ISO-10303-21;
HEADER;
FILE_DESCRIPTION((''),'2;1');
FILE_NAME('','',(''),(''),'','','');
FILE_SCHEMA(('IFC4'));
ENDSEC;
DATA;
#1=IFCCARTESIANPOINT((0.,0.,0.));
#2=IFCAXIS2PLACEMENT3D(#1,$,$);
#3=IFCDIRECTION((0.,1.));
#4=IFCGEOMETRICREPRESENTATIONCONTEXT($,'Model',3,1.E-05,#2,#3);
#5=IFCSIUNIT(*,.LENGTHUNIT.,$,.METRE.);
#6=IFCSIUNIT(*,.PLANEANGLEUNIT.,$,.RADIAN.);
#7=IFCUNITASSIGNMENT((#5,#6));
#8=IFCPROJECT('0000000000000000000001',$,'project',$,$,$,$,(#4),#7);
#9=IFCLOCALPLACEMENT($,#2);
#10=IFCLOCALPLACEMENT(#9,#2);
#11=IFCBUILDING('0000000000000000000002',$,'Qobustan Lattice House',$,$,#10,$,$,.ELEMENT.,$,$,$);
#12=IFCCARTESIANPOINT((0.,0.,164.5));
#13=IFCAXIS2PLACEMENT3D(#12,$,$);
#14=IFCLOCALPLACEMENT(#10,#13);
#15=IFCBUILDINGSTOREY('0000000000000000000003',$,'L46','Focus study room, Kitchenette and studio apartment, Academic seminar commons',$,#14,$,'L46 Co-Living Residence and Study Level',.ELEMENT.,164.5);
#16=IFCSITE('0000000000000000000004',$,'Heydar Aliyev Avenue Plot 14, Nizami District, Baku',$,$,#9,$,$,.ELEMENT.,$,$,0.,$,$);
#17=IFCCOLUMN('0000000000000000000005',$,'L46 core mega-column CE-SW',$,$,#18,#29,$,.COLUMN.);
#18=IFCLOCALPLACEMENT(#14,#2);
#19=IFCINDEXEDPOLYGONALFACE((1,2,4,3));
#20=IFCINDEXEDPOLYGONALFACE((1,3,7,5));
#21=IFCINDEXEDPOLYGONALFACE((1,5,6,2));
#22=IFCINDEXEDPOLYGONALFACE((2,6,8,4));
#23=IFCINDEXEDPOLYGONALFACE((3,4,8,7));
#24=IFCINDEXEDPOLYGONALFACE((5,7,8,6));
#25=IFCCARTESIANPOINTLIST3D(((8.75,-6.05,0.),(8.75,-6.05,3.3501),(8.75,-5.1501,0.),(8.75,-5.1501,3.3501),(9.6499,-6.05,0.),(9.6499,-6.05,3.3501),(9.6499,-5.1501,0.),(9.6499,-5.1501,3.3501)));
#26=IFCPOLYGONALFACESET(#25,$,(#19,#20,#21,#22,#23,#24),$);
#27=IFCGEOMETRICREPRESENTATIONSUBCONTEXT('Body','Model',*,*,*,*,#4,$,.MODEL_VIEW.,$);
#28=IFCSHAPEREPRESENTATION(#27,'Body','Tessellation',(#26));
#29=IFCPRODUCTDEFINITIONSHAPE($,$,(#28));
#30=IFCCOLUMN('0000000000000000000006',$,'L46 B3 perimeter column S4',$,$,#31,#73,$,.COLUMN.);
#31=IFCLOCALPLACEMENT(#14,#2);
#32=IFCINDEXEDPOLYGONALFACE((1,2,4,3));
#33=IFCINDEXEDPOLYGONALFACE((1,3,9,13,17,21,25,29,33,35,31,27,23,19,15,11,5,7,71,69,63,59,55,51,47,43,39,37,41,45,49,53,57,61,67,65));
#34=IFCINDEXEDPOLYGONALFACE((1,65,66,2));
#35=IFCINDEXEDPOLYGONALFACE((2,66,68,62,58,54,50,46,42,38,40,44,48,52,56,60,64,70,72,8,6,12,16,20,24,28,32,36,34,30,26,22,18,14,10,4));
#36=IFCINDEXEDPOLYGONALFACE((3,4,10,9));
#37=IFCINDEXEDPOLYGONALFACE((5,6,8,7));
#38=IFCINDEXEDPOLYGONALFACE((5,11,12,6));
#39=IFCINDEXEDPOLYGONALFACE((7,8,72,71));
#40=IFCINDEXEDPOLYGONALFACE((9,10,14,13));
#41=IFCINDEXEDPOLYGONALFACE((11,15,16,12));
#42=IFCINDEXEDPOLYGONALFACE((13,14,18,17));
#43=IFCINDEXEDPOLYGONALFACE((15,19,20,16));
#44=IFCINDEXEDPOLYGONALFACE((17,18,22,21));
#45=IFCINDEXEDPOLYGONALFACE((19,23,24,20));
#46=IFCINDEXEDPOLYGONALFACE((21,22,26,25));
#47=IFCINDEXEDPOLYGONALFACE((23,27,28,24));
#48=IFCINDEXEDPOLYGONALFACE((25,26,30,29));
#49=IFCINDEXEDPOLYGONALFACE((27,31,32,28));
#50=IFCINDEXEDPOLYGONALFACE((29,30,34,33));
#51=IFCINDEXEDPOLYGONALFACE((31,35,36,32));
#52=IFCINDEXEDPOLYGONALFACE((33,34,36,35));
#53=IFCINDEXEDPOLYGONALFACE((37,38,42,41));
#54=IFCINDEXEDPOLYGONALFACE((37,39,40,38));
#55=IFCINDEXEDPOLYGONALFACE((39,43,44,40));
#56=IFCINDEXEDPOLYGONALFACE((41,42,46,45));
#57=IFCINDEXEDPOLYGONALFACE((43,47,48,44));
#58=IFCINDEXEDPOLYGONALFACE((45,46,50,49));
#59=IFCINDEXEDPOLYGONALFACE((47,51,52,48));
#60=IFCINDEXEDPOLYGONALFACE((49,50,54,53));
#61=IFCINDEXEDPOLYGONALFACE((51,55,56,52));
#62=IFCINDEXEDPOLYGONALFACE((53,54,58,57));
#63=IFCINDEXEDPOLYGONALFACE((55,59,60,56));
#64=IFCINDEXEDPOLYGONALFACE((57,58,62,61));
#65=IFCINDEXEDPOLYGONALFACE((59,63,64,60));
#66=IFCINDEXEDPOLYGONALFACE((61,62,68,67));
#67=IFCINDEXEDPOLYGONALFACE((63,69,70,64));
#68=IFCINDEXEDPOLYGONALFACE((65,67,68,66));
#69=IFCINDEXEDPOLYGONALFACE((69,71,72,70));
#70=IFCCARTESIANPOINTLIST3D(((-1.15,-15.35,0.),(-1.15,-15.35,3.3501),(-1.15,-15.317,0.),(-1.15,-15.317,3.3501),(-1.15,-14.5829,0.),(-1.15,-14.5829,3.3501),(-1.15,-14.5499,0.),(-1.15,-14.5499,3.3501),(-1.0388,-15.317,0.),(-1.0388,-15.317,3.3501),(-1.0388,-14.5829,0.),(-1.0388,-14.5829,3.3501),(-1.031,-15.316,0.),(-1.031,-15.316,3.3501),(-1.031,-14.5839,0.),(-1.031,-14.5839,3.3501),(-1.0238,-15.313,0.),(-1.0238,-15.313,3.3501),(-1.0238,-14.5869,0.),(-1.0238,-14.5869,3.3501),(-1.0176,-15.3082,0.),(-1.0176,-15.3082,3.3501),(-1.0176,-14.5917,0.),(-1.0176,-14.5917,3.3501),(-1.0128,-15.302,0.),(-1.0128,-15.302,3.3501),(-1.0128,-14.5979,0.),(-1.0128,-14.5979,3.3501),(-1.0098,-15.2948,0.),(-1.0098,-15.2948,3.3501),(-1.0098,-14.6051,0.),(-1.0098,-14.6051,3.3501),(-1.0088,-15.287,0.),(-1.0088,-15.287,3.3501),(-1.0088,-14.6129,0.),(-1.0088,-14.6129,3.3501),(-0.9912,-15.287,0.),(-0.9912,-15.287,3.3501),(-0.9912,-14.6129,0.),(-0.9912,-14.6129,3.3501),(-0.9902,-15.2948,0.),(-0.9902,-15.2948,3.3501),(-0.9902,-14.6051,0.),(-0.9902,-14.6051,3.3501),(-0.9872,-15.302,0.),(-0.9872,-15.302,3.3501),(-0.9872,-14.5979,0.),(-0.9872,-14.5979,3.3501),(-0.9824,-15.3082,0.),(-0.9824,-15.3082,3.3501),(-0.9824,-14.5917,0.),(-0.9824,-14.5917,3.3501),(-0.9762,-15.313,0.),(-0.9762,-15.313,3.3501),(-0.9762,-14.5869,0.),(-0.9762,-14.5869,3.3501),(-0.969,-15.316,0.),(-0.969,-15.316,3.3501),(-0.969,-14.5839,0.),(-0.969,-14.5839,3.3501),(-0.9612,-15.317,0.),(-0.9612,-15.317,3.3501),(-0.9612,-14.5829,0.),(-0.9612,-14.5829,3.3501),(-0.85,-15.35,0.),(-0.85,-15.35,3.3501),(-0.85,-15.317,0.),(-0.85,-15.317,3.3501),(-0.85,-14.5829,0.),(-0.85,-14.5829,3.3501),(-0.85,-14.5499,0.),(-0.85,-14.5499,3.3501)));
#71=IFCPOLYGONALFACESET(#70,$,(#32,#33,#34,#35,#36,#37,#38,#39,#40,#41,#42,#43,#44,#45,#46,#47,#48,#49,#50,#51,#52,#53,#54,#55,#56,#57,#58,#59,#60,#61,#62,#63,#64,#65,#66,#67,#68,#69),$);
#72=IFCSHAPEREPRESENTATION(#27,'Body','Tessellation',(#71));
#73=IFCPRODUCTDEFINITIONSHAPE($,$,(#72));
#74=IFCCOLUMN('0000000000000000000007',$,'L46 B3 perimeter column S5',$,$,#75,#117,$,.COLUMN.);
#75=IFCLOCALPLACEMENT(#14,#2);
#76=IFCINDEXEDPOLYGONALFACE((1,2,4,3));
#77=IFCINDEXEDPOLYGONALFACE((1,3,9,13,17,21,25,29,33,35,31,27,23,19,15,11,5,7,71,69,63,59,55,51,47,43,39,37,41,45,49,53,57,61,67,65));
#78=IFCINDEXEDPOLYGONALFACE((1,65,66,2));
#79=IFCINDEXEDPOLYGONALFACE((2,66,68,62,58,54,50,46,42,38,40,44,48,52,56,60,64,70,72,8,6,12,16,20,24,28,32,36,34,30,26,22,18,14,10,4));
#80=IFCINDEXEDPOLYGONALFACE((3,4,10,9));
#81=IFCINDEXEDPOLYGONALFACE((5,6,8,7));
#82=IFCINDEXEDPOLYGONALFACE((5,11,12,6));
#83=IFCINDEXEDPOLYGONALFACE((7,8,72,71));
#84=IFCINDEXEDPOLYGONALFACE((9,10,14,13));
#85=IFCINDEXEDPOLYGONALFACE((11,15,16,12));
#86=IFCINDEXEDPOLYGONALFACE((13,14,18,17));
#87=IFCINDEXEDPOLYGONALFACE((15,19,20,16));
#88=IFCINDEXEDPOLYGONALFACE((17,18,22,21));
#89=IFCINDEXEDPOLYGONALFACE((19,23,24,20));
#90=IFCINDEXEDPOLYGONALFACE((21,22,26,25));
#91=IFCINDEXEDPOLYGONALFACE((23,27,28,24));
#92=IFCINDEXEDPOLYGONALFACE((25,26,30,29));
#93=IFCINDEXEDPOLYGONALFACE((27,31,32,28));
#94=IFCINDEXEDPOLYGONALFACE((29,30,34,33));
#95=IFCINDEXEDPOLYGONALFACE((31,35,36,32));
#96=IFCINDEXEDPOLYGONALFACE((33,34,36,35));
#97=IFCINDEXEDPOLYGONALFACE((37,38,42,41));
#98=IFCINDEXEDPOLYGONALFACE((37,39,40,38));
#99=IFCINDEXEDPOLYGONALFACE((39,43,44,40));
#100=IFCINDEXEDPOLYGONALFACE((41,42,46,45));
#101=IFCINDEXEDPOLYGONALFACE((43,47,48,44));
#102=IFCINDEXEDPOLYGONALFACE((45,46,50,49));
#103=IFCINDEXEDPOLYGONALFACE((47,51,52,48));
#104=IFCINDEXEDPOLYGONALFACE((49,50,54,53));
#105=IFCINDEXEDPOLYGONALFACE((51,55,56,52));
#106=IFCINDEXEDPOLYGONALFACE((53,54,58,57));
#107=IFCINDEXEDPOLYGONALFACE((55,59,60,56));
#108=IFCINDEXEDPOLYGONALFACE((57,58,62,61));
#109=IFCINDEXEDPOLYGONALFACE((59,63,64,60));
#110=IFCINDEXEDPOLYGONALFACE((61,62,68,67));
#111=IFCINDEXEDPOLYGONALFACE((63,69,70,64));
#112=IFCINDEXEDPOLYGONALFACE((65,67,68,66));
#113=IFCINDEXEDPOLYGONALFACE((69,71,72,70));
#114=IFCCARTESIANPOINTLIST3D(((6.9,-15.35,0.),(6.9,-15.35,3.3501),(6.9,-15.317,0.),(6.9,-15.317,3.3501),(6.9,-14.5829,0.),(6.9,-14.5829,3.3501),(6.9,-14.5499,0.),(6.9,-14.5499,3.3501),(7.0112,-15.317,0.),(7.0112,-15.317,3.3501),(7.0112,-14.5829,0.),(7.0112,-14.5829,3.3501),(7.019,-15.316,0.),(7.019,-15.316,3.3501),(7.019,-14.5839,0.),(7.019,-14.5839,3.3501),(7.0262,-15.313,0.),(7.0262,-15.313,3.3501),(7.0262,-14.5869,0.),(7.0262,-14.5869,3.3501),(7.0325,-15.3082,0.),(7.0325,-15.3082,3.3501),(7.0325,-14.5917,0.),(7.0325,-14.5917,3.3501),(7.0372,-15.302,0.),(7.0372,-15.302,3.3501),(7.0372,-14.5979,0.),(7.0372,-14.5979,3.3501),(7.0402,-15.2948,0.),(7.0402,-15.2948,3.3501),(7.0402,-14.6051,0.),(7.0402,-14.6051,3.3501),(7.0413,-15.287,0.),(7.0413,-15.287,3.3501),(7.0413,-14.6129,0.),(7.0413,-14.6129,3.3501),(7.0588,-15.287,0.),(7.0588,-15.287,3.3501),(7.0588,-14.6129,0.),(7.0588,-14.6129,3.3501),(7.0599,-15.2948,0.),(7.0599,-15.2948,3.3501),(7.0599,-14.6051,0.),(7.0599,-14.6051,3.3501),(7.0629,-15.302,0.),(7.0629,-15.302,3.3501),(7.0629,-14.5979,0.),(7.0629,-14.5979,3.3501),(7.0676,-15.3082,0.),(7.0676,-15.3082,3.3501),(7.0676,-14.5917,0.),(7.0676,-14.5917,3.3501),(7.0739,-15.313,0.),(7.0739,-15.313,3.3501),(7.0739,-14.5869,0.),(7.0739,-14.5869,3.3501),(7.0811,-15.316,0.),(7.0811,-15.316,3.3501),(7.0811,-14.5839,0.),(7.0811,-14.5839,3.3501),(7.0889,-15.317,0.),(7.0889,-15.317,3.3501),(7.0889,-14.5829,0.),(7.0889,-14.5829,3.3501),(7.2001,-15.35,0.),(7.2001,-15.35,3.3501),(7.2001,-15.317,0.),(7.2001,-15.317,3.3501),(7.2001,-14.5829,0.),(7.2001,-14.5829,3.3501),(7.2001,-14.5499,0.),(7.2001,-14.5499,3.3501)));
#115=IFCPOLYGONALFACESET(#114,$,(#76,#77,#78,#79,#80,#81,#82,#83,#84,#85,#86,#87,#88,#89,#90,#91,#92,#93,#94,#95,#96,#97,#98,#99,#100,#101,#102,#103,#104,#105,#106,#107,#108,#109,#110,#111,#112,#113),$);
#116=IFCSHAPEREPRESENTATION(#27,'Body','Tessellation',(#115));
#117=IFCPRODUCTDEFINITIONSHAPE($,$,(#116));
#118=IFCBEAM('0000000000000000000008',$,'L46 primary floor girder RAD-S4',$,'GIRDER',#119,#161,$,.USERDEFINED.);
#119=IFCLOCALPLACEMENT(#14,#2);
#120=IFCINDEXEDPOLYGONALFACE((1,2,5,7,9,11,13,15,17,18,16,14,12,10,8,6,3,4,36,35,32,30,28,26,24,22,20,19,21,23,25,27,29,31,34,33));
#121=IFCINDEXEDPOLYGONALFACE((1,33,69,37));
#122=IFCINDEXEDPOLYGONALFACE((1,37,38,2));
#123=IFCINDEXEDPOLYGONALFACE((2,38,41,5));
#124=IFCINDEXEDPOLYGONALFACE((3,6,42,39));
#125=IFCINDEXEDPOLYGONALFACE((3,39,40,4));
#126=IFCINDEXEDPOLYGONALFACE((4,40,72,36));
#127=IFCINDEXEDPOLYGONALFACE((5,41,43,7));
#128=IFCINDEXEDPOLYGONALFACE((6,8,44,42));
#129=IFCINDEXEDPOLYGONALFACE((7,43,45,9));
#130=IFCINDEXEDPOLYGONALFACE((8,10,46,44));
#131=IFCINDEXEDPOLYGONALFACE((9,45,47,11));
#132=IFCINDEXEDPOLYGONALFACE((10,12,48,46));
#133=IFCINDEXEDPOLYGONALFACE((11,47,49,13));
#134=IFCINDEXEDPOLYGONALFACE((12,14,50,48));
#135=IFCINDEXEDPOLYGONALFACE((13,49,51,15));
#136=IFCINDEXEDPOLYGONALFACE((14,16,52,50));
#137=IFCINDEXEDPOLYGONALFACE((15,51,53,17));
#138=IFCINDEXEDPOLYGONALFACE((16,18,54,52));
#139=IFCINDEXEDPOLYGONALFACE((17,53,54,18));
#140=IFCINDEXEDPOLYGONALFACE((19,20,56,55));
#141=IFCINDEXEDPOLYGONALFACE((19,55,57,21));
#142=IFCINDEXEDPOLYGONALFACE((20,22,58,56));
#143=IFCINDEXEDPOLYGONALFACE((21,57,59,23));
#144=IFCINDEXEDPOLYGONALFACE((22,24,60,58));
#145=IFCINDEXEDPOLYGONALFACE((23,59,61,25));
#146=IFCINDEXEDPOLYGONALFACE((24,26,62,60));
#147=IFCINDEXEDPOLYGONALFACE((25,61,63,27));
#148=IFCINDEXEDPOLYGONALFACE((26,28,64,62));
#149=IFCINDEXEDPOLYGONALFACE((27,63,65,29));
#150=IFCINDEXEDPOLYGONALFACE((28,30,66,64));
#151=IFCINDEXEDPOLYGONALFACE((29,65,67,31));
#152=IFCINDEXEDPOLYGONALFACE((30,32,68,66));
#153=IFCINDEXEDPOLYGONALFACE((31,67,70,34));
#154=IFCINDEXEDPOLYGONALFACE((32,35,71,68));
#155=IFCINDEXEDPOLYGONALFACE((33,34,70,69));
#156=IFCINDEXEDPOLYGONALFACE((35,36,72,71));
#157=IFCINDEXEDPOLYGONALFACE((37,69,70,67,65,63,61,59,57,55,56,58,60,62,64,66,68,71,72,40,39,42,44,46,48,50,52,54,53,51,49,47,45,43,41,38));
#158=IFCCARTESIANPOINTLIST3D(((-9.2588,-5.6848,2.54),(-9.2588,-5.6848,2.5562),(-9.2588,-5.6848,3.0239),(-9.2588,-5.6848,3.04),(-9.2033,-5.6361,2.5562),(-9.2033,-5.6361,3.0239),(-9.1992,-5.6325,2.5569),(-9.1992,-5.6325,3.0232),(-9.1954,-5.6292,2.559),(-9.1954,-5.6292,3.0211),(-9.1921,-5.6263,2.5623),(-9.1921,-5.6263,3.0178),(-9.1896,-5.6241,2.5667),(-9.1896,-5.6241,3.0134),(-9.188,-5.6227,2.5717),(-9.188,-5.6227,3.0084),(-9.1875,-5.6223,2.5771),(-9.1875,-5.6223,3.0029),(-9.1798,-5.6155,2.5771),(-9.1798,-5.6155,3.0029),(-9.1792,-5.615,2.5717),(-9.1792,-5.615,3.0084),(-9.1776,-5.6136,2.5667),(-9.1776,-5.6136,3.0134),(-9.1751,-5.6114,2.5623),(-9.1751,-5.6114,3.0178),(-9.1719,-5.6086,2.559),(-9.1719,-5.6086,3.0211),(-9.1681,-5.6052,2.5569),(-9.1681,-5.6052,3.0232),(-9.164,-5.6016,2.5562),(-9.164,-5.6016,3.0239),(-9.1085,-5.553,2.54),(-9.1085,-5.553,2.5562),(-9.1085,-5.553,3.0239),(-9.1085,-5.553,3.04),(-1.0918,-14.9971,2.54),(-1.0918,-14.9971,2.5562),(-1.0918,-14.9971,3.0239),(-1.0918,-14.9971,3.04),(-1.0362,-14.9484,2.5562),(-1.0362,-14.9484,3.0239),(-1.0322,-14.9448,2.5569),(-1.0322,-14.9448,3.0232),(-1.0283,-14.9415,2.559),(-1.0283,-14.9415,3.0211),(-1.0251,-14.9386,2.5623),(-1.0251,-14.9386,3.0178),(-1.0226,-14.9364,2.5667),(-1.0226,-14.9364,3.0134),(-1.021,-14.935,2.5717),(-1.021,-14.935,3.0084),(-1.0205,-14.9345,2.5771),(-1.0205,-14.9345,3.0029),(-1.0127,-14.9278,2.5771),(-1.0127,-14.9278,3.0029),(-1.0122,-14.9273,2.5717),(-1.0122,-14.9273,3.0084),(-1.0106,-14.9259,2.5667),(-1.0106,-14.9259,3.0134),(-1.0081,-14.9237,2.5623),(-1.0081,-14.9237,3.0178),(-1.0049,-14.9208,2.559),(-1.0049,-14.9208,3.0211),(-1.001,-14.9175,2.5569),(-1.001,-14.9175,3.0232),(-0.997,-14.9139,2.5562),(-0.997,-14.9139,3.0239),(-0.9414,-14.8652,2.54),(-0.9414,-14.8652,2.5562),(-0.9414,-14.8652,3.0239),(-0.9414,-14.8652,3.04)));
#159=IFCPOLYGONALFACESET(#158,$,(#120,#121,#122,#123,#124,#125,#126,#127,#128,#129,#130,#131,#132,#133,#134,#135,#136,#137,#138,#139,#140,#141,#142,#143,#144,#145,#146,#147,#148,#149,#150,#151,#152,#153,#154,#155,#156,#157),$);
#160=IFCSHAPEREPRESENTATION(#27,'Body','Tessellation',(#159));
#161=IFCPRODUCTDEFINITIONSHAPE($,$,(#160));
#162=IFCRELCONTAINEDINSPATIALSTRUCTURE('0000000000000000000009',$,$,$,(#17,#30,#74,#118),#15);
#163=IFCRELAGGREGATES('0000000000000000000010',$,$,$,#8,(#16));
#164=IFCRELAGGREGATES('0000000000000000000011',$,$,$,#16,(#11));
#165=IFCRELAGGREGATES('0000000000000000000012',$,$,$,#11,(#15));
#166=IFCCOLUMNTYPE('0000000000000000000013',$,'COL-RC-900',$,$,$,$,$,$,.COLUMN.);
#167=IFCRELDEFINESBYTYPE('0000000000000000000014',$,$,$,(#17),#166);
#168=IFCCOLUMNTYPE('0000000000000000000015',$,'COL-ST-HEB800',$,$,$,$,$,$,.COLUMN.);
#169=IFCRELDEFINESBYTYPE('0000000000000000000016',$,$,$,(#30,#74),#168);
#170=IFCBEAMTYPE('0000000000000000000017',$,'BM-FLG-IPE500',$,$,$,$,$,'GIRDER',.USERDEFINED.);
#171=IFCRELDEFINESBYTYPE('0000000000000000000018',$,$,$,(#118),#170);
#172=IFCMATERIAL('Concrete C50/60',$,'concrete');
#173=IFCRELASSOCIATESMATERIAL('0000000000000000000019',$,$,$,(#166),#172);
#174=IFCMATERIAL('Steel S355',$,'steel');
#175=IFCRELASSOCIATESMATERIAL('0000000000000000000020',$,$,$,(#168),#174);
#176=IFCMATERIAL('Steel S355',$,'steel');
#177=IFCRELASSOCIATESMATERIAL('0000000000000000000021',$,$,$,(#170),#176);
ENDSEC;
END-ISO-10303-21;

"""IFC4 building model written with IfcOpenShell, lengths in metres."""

from ifc_helpers import new_model, si_unit, direction, frame, origin, origin_2d, place, context, subcontext, project, spatial, rectangle, i_section, extrude, material, material_profile, profile_set, type_object, element, save


model = new_model("IFC4")

# Units and contexts
model_context = context("Model", 3, precision=1e-05, world=origin(), true_north=direction((0.0, 1.0)))
body_context = subcontext(model_context, "Body", "Model", "MODEL_VIEW")
ifc_project = project(units=[si_unit("LENGTHUNIT", "METRE"), si_unit("PLANEANGLEUNIT", "RADIAN")], contexts=[model_context])

# Site, building, storey
site_placement = place(None, origin())
site = spatial("IfcSite", under=ifc_project, at=site_placement, Name="Heydar Aliyev Avenue Plot 14, Nizami District, Baku", CompositionType="ELEMENT", RefElevation=0.0)
building_placement = place(site_placement, origin())
building = spatial("IfcBuilding", under=site, at=building_placement, Name="Qobustan Lattice House", CompositionType="ELEMENT")
storey_placement = place(building_placement, frame((0.0, 0.0, 164.5)))
storey = spatial("IfcBuildingStorey", under=building, at=storey_placement, Name="L46", Description="Focus study room, Kitchenette and studio apartment, Academic seminar commons", LongName="L46 Co-Living Residence and Study Level", CompositionType="ELEMENT", Elevation=164.5)

# Columns
ifc_material_1 = material(Name="Concrete C50/60", Category="concrete")
ifc_material_profile_1 = material_profile(ifc_material_1, rectangle(XDim=0.8999, YDim=0.8999, at=origin_2d()), Name="RC900x900")
ifc_profile_set_1 = profile_set([ifc_material_profile_1], Name="Concrete C50/60")
column_type_1 = type_object("IfcColumnType", Name="COL-RC-900", PredefinedType="COLUMN", material=ifc_profile_set_1)
column_placement = place(storey_placement, frame((9.2, -5.6001, 0.0), z_axis=(0.0, 0.0, 1.0), x_axis=(1.0, 0.0, 0.0)))
element("IfcColumn", 1, at=column_placement, inside=storey, type_object=column_type_1, Name="L46 core mega-column CE-SW", PredefinedType="COLUMN", context=body_context, shape_type="SweptSolid", body=[
    extrude(rectangle(XDim=0.8999, YDim=0.8999, at=origin_2d()), origin(), (0.0, 0.0, 1.0), 3.3501),
])
ifc_material_2 = material(Name="Steel S355", Category="steel")
ifc_material_profile_2 = material_profile(ifc_material_2, i_section(OverallWidth=0.3, OverallDepth=0.8, WebThickness=0.0176, FlangeThickness=0.033, FilletRadius=0.03, at=origin_2d()), Name="HEB800")
ifc_profile_set_2 = profile_set([ifc_material_profile_2], Name="Steel S355")
column_type_2 = type_object("IfcColumnType", Name="COL-ST-HEB800", PredefinedType="COLUMN", material=ifc_profile_set_2)
for number, where, z_axis, x_axis, name in (
    (2, (-1.0, -14.95, 0.0), (0.0, 0.0, 1.0), (1.0, 0.0, 0.0), "L46 B3 perimeter column S4"),
    (3, (7.05, -14.95, 0.0), (0.0, 0.0, 1.0), (1.0, 0.0, 0.0), "L46 B3 perimeter column S5"),
):
    element("IfcColumn", number, at=place(storey_placement, frame(where, z_axis=z_axis, x_axis=x_axis)), inside=storey, type_object=column_type_2, Name=name, PredefinedType="COLUMN", context=body_context, shape_type="SweptSolid", body=[
        extrude(i_section(OverallWidth=0.3, OverallDepth=0.8, WebThickness=0.0176, FlangeThickness=0.033, FilletRadius=0.03, at=origin_2d()), origin(), (0.0, 0.0, 1.0), 3.3501),
    ])

# Beam
ifc_material_3 = material(Name="Steel S355", Category="steel")
ifc_material_profile_3 = material_profile(ifc_material_3, i_section(OverallWidth=0.2, OverallDepth=0.5, WebThickness=0.0103, FlangeThickness=0.0161, FilletRadius=0.021, at=origin_2d()), Name="IPE500")
ifc_profile_set_3 = profile_set([ifc_material_profile_3], Name="Steel S355")
beam_type_1 = type_object("IfcBeamType", Name="BM-FLG-IPE500", ElementType="GIRDER", PredefinedType="USERDEFINED", material=ifc_profile_set_3)
beam_1_placement = place(storey_placement, frame((-1.0166, -14.9312, 2.79), z_axis=(-0.659362, 0.751825, 0.0), x_axis=(-0.751825, -0.659362, 0.0)))
element("IfcBeam", 4, at=beam_1_placement, inside=storey, type_object=beam_type_1, Name="L46 primary floor girder RAD-S4", ObjectType="GIRDER", PredefinedType="USERDEFINED", context=body_context, shape_type="SweptSolid", body=[
    extrude(i_section(OverallWidth=0.2, OverallDepth=0.5, WebThickness=0.0103, FlangeThickness=0.0161, FilletRadius=0.021, at=origin_2d()), origin(), (0.0, 0.0, 1.0), 12.3862),
])

save(model, "model.ifc")
